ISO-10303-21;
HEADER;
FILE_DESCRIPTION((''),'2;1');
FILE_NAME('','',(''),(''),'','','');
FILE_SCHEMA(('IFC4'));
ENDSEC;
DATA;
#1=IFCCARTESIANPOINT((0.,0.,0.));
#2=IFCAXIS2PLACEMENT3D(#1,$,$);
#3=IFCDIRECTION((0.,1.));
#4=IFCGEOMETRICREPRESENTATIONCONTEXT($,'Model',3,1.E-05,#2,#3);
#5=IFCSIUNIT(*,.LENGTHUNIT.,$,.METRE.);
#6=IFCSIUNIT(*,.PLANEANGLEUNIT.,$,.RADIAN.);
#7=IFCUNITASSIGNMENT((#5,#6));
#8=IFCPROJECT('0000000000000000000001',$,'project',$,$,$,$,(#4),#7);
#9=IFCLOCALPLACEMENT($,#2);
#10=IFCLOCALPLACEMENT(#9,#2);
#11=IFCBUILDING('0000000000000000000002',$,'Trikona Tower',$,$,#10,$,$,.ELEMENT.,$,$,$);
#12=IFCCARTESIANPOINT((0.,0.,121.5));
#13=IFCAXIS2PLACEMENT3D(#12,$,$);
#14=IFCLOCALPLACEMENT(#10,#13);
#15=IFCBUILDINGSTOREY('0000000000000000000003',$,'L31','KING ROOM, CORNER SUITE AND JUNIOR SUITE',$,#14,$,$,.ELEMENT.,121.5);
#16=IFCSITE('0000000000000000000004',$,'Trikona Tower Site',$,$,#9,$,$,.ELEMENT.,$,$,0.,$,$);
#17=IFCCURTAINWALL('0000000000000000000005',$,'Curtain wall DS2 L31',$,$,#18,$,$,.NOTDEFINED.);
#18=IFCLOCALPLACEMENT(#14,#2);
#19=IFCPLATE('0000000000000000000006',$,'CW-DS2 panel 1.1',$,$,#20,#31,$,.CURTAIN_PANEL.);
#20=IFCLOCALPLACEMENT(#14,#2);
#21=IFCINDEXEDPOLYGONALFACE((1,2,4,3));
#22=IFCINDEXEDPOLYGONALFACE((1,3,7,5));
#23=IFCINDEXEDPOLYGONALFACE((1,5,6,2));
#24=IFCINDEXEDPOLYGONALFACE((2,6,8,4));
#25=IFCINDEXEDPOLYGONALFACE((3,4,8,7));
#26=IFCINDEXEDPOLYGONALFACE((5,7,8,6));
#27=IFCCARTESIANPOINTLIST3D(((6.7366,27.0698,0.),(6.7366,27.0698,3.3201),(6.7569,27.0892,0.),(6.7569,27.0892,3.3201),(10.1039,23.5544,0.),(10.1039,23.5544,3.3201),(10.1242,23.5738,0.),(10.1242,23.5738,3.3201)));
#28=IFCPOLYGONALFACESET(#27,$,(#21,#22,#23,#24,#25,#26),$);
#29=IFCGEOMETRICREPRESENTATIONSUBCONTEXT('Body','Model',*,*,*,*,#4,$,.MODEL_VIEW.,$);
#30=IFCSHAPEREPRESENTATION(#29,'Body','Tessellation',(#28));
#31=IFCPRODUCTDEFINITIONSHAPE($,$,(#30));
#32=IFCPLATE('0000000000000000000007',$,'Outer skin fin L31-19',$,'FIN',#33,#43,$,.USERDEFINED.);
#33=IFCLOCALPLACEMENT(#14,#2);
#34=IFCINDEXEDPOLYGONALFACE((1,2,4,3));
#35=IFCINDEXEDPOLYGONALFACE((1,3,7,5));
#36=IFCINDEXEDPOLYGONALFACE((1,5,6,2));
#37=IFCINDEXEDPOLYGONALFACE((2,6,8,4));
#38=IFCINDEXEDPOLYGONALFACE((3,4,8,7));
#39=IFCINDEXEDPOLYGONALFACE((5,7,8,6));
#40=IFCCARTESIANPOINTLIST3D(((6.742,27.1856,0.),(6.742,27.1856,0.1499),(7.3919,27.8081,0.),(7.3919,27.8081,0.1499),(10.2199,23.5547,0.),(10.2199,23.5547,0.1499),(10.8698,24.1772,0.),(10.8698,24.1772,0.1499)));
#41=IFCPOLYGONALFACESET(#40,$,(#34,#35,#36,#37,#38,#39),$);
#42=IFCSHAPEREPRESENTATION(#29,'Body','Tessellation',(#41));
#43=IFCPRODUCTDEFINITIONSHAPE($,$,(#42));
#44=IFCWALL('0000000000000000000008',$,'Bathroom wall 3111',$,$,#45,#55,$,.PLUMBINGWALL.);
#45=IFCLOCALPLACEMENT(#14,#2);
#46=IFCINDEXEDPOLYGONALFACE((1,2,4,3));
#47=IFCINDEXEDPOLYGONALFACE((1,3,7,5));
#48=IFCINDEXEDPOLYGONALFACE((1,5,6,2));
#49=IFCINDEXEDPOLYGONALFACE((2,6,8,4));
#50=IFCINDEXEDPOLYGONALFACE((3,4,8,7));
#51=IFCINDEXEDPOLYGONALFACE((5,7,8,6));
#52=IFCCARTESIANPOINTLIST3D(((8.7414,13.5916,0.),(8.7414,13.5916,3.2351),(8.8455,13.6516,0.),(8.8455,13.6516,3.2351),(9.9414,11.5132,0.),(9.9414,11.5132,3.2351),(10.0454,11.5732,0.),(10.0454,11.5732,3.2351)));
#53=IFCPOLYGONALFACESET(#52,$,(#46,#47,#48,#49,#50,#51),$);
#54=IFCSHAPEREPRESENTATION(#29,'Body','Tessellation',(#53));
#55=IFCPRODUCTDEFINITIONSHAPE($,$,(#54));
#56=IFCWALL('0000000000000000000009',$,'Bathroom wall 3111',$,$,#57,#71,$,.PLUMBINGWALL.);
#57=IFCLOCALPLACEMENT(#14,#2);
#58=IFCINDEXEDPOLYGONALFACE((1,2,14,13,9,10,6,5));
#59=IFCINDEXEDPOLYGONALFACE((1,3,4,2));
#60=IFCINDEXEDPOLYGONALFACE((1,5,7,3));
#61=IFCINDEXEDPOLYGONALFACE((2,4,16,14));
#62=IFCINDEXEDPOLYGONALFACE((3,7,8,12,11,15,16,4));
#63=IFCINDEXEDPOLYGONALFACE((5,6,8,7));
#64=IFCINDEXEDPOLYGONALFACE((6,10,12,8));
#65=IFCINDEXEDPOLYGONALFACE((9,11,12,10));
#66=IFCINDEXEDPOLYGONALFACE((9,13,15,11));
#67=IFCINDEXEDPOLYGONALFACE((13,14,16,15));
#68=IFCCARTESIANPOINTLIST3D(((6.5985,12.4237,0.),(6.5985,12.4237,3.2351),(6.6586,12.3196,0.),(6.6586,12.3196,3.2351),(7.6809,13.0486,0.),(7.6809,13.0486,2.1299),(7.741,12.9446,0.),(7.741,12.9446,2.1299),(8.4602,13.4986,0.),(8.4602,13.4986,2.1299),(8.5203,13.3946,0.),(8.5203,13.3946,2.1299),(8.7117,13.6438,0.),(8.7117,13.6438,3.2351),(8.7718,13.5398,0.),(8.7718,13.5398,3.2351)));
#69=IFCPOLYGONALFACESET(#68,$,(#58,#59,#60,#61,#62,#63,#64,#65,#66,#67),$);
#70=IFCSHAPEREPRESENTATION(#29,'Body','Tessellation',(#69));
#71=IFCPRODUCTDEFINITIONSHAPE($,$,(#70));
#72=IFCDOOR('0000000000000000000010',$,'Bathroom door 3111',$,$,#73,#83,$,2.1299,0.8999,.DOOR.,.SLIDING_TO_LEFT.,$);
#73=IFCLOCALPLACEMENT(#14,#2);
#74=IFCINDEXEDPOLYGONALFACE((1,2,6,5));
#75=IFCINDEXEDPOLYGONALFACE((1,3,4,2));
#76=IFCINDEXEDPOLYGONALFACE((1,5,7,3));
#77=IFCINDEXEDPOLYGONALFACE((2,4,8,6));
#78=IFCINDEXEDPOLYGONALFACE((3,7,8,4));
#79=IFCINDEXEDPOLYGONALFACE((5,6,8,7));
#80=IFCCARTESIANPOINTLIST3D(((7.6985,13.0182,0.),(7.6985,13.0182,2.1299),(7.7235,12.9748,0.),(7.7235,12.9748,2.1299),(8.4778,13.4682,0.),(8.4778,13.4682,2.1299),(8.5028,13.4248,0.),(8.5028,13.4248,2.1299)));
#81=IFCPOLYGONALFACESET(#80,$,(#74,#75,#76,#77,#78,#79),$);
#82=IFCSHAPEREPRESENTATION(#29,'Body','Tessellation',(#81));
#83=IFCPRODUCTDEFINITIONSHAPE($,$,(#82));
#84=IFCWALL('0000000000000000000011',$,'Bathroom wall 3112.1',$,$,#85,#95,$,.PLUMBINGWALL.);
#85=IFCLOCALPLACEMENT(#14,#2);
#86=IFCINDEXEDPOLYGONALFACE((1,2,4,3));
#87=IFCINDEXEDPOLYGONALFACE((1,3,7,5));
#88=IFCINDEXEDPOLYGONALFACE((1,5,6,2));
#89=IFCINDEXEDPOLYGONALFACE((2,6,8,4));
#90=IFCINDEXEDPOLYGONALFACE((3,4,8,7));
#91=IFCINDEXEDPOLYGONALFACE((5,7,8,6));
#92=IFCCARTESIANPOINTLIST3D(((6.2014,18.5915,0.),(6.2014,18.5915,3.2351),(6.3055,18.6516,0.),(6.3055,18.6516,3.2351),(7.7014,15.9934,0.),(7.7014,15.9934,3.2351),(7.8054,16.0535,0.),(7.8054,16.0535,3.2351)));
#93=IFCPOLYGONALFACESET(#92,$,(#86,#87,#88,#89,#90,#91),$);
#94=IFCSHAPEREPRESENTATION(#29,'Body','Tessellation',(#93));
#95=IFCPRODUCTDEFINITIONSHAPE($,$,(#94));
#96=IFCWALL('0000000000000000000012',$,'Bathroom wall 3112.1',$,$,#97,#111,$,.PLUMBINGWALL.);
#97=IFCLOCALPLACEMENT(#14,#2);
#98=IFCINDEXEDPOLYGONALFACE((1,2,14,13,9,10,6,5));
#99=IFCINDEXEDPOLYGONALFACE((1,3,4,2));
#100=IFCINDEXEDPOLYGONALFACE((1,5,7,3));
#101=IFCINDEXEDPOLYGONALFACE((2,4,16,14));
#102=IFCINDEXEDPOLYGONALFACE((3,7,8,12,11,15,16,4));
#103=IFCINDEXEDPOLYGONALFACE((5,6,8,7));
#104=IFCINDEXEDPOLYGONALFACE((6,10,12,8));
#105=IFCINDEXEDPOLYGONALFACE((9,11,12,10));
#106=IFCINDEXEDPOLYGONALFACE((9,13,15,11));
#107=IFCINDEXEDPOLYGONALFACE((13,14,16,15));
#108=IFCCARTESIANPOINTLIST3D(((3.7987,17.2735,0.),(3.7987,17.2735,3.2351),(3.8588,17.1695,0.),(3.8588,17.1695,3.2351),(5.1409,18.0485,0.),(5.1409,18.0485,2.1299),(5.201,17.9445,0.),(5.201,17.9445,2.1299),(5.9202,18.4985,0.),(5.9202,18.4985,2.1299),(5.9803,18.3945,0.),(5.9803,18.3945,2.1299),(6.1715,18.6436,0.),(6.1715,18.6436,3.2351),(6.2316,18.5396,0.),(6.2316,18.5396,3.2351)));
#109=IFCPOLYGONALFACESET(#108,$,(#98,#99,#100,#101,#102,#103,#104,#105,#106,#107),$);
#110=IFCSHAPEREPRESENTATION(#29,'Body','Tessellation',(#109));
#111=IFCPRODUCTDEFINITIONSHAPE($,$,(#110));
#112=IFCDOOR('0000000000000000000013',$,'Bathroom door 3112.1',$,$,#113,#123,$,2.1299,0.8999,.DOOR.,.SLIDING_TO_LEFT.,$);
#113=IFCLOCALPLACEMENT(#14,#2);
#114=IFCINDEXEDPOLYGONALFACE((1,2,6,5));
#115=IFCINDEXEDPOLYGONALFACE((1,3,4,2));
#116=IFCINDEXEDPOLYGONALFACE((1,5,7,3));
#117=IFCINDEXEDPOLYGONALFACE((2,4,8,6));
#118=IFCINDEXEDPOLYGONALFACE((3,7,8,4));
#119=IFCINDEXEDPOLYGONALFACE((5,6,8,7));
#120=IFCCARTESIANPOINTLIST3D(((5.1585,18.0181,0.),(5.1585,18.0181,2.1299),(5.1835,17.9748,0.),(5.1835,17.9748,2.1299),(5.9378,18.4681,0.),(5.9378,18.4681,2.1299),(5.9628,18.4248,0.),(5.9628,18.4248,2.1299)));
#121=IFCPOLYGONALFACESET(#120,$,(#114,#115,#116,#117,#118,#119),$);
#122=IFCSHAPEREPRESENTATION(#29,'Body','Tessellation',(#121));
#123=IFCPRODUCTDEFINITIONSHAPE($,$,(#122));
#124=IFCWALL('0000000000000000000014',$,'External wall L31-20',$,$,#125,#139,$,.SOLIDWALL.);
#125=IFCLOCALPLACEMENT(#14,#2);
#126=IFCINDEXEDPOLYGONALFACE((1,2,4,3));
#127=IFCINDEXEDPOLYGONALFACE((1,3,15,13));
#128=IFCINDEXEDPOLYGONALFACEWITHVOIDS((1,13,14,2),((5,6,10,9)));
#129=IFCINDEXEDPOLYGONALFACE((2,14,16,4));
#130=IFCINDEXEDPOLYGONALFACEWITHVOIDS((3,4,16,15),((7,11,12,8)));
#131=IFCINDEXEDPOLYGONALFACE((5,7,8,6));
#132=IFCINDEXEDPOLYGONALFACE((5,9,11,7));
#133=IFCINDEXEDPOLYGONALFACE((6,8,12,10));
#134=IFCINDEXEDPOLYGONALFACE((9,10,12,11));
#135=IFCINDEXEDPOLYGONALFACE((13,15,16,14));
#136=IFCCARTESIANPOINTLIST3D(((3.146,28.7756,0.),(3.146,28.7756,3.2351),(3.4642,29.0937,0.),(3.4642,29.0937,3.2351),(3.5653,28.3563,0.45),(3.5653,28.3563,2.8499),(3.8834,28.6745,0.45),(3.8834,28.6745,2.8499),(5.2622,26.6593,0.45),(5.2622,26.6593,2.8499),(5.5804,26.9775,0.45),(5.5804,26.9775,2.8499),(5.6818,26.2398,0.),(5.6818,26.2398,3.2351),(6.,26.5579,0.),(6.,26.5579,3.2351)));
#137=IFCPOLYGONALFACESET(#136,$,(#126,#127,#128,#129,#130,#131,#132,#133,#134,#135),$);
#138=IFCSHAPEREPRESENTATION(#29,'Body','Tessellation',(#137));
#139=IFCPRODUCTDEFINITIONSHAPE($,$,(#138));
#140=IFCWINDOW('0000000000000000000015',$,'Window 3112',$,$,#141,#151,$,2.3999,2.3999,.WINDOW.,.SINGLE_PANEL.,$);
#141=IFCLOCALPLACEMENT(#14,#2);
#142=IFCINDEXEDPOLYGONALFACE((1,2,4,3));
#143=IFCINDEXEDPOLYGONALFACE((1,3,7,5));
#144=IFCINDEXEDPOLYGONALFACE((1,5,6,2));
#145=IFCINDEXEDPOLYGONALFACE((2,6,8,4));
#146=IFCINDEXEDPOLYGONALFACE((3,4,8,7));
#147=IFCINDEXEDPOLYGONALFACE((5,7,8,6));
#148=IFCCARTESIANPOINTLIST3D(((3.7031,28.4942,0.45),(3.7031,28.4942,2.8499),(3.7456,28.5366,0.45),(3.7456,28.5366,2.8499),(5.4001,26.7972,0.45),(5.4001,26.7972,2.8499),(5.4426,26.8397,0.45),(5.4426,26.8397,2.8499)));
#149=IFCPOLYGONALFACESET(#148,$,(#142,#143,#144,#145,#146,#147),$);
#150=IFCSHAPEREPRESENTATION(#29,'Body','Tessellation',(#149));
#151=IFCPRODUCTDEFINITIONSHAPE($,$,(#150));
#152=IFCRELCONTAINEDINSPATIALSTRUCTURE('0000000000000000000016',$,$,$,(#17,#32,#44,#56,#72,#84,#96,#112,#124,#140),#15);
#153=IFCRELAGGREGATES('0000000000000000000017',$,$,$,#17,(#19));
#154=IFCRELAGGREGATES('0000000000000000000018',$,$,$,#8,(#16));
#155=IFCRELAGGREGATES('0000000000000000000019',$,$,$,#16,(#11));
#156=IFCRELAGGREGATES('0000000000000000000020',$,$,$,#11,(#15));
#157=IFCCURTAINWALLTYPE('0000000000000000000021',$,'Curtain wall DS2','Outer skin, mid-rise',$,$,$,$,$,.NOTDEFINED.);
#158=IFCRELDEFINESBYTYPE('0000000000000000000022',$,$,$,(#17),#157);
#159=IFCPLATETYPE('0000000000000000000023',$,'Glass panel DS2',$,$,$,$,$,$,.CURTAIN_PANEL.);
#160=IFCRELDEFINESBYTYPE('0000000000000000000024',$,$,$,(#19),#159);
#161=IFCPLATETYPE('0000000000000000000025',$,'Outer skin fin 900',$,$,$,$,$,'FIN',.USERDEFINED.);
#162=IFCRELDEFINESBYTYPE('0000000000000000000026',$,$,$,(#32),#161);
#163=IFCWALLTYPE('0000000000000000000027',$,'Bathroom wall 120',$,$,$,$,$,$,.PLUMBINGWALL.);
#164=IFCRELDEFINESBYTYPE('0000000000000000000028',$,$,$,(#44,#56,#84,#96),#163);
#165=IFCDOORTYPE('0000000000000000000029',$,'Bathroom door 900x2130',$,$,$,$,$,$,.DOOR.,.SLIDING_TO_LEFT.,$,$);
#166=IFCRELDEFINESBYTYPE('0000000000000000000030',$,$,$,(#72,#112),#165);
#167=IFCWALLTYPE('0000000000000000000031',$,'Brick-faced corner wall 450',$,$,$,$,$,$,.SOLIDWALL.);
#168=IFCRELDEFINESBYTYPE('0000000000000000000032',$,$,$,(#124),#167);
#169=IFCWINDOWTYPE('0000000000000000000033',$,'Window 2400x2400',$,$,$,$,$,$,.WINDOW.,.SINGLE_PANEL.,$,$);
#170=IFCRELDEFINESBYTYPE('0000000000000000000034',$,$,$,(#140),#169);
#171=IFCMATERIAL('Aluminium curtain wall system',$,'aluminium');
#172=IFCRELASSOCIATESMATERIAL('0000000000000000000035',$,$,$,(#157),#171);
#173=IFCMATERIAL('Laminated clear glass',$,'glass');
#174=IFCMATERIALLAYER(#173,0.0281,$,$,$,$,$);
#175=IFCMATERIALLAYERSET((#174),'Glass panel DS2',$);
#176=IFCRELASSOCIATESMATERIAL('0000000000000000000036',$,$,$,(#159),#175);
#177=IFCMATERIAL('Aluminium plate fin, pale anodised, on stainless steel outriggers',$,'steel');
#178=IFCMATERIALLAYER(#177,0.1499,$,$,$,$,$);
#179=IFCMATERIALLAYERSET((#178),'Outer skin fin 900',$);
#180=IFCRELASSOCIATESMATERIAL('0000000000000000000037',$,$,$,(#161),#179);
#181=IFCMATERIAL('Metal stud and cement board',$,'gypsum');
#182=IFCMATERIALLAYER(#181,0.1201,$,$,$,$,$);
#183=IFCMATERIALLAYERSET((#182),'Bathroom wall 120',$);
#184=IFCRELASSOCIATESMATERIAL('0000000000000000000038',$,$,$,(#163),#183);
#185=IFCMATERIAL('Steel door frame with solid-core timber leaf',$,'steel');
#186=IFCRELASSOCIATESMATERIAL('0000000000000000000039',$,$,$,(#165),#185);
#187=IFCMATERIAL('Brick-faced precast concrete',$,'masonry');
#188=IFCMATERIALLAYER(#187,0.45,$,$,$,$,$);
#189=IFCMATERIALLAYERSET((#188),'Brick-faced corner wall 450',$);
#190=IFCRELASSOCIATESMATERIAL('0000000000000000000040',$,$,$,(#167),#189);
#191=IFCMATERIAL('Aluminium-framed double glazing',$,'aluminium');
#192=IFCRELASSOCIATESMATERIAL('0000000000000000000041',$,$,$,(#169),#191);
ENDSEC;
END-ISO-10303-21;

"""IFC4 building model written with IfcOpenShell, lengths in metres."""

from ifc_helpers import new_model, si_unit, direction, frame, frame_2d, origin, origin_2d, place, context, subcontext, project, spatial, rectangle, extrude, material, layer, layer_set, type_object, element, fill, aggregate, save


model = new_model("IFC4")

# Units and contexts
model_context = context("Model", 3, precision=1e-05, world=origin(), true_north=direction((0.0, 1.0)))
body_context = subcontext(model_context, "Body", "Model", "MODEL_VIEW")
ifc_project = project(units=[si_unit("LENGTHUNIT", "METRE"), si_unit("PLANEANGLEUNIT", "RADIAN")], contexts=[model_context])

# Site, building, storey
site_placement = place(None, origin())
site = spatial("IfcSite", under=ifc_project, at=site_placement, Name="Trikona Tower Site", CompositionType="ELEMENT", RefElevation=0.0)
building_placement = place(site_placement, origin())
building = spatial("IfcBuilding", under=site, at=building_placement, Name="Trikona Tower", CompositionType="ELEMENT")
storey_placement = place(building_placement, frame((0.0, 0.0, 121.5)))
storey = spatial("IfcBuildingStorey", under=building, at=storey_placement, Name="L31", Description="KING ROOM, CORNER SUITE AND JUNIOR SUITE", CompositionType="ELEMENT", Elevation=121.5)

# Curtain wall
ifc_material_1 = material(Name="Aluminium curtain wall system", Category="aluminium")
curtain_wall_type = type_object("IfcCurtainWallType", Name="Curtain wall DS2", Description="Outer skin, mid-rise", PredefinedType="NOTDEFINED", material=ifc_material_1)
curtain_wall_placement = place(storey_placement, origin())
curtain_wall = element("IfcCurtainWall", 1, at=curtain_wall_placement, inside=storey, type_object=curtain_wall_type, Name="Curtain wall DS2 L31", PredefinedType="NOTDEFINED")

# Plates
ifc_material_2 = material(Name="Laminated clear glass", Category="glass")
ifc_layer_1 = layer(ifc_material_2, 0.0281)
ifc_layer_set_1 = layer_set([ifc_layer_1], Name="Glass panel DS2")
plate_type_1 = type_object("IfcPlateType", Name="Glass panel DS2", PredefinedType="CURTAIN_PANEL", material=ifc_layer_set_1)
plate_1_placement = place(storey_placement, frame((8.4304, 25.3218, 0.0), z_axis=(0.0, 0.0, 1.0), x_axis=(-0.691728, 0.722158, 0.0)))
plate_1 = element("IfcPlate", 2, at=plate_1_placement, type_object=plate_type_1, Name="CW-DS2 panel 1.1", PredefinedType="CURTAIN_PANEL", context=body_context, shape_type="SweptSolid", body=[
    extrude(rectangle(XDim=4.8679, YDim=0.0281, at=origin_2d()), origin(), (0.0, 0.0, 1.0), 3.3201),
])
aggregate(curtain_wall, [plate_1])
ifc_material_3 = material(Name="Aluminium plate fin, pale anodised, on stainless steel outriggers", Category="steel")
ifc_layer_2 = layer(ifc_material_3, 0.1499)
ifc_layer_set_2 = layer_set([ifc_layer_2], Name="Outer skin fin 900")
plate_type_2 = type_object("IfcPlateType", Name="Outer skin fin 900", ElementType="FIN", PredefinedType="USERDEFINED", material=ifc_layer_set_2)
plate_2_placement = place(storey_placement, frame((8.8059, 25.6814, 0.0), z_axis=(0.0, 0.0, 1.0), x_axis=(-0.691724, 0.722162, 0.0)))
element("IfcPlate", 3, at=plate_2_placement, inside=storey, type_object=plate_type_2, Name="Outer skin fin L31-19", ObjectType="FIN", PredefinedType="USERDEFINED", context=body_context, shape_type="SweptSolid", body=[
    extrude(rectangle(XDim=5.0278, YDim=0.8999, at=origin_2d()), origin(), (0.0, 0.0, 1.0), 0.1499),
])

# Wall
ifc_material_4 = material(Name="Metal stud and cement board", Category="gypsum")
ifc_layer_3 = layer(ifc_material_4, 0.1201)
ifc_layer_set_3 = layer_set([ifc_layer_3], Name="Bathroom wall 120")
wall_type_1 = type_object("IfcWallType", Name="Bathroom wall 120", PredefinedType="PLUMBINGWALL", material=ifc_layer_set_3)
wall_1_placement = place(storey_placement, frame((9.9934, 11.5432, 0.0), z_axis=(0.0, 0.0, 1.0), x_axis=(-0.500001, 0.866025, 0.0)))
element("IfcWall", 4, at=wall_1_placement, inside=storey, type_object=wall_type_1, Name="Bathroom wall 3111", PredefinedType="PLUMBINGWALL", context=body_context, shape_type="SweptSolid", body=[
    extrude(rectangle(XDim=2.3999, YDim=0.1201, at=frame_2d((1.2, 0.0))), origin(), (0.0, 0.0, 1.0), 3.2351),
])

# Wall, opening, door
wall_2_placement = place(storey_placement, frame((6.6284, 12.3716, 0.0), z_axis=(0.0, 0.0, 1.0), x_axis=(0.866006, 0.500034, 0.0)))
wall_2 = element("IfcWall", 5, at=wall_2_placement, inside=storey, type_object=wall_type_1, Name="Bathroom wall 3111", PredefinedType="PLUMBINGWALL", context=body_context, shape_type="SweptSolid", body=[
    extrude(rectangle(XDim=2.4402, YDim=0.1201, at=frame_2d((1.2202, 0.0))), origin(), (0.0, 0.0, 1.0), 3.2351),
])
opening_1_placement = place(wall_2_placement, frame((1.25, 0.0, 0.0)))
opening_1 = element("IfcOpeningElement", 6, at=opening_1_placement, cuts=wall_2, PredefinedType="OPENING", context=body_context, shape_type="SweptSolid", body=[
    extrude(rectangle(XDim=0.8999, YDim=2.1299, at=frame_2d((0.45, 1.0649))), frame((0.0, 0.0701, 0.0), z_axis=(0.0, -1.0, 0.0), x_axis=(1.0, 0.0, 0.0)), (0.0, 0.0, 1.0), 0.1401),
])
ifc_material_5 = material(Name="Steel door frame with solid-core timber leaf", Category="steel")
door_type_1 = type_object("IfcDoorType", Name="Bathroom door 900x2130", OperationType="SLIDING_TO_LEFT", PredefinedType="DOOR", material=ifc_material_5)
door_1_placement = place(opening_1_placement, origin())
door_1 = element("IfcDoor", 7, at=door_1_placement, inside=storey, type_object=door_type_1, Name="Bathroom door 3111", OperationType="SLIDING_TO_LEFT", OverallHeight=2.1299, OverallWidth=0.8999, PredefinedType="DOOR", context=body_context, shape_type="SweptSolid", body=[
    extrude(rectangle(XDim=0.8999, YDim=2.1299, at=frame_2d((0.45, 1.0649))), frame((0.0, 0.0249, 0.0), z_axis=(0.0, -1.0, 0.0), x_axis=(1.0, 0.0, 0.0)), (0.0, 0.0, 1.0), 0.05),
])
fill(opening_1, door_1)

# Wall
wall_3_placement = place(storey_placement, frame((7.7534, 16.0234, 0.0), z_axis=(0.0, 0.0, 1.0), x_axis=(-0.49999, 0.866031, 0.0)))
element("IfcWall", 8, at=wall_3_placement, inside=storey, type_object=wall_type_1, Name="Bathroom wall 3112.1", PredefinedType="PLUMBINGWALL", context=body_context, shape_type="SweptSolid", body=[
    extrude(rectangle(XDim=3.0, YDim=0.1201, at=frame_2d((1.5, 0.0))), origin(), (0.0, 0.0, 1.0), 3.2351),
])

# Wall, opening, door
wall_4_placement = place(storey_placement, frame((3.8286, 17.2214, 0.0), z_axis=(0.0, 0.0, 1.0), x_axis=(0.865997, 0.500049, 0.0)))
wall_4 = element("IfcWall", 9, at=wall_4_placement, inside=storey, type_object=wall_type_1, Name="Bathroom wall 3112.1", PredefinedType="PLUMBINGWALL", context=body_context, shape_type="SweptSolid", body=[
    extrude(rectangle(XDim=2.74, YDim=0.1201, at=frame_2d((1.3701, 0.0))), origin(), (0.0, 0.0, 1.0), 3.2351),
])
opening_2_placement = place(wall_4_placement, frame((1.55, 0.0, 0.0)))
opening_2 = element("IfcOpeningElement", 10, at=opening_2_placement, cuts=wall_4, PredefinedType="OPENING", context=body_context, shape_type="SweptSolid", body=[
    extrude(rectangle(XDim=0.8999, YDim=2.1299, at=frame_2d((0.45, 1.0649))), frame((0.0, 0.0701, 0.0), z_axis=(0.0, -1.0, 0.0), x_axis=(1.0, 0.0, 0.0)), (0.0, 0.0, 1.0), 0.1401),
])
door_2_placement = place(opening_2_placement, origin())
door_2 = element("IfcDoor", 11, at=door_2_placement, inside=storey, type_object=door_type_1, Name="Bathroom door 3112.1", OperationType="SLIDING_TO_LEFT", OverallHeight=2.1299, OverallWidth=0.8999, PredefinedType="DOOR", context=body_context, shape_type="SweptSolid", body=[
    extrude(rectangle(XDim=0.8999, YDim=2.1299, at=frame_2d((0.45, 1.0649))), frame((0.0, 0.0249, 0.0), z_axis=(0.0, -1.0, 0.0), x_axis=(1.0, 0.0, 0.0)), (0.0, 0.0, 1.0), 0.05),
])
fill(opening_2, door_2)

# Wall, opening, window
ifc_material_6 = material(Name="Brick-faced precast concrete", Category="masonry")
ifc_layer_4 = layer(ifc_material_6, 0.45)
ifc_layer_set_4 = layer_set([ifc_layer_4], Name="Brick-faced corner wall 450")
wall_type_2 = type_object("IfcWallType", Name="Brick-faced corner wall 450", PredefinedType="SOLIDWALL", material=ifc_layer_set_4)
wall_5_placement = place(storey_placement, frame((5.8408, 26.3989, 0.0), z_axis=(0.0, 0.0, 1.0), x_axis=(-0.707107, 0.707107, 0.0)))
wall_5 = element("IfcWall", 12, at=wall_5_placement, inside=storey, type_object=wall_type_2, Name="External wall L31-20", PredefinedType="SOLIDWALL", context=body_context, shape_type="SweptSolid", body=[
    extrude(rectangle(XDim=3.5862, YDim=0.45, at=frame_2d((1.793, 0.0))), origin(), (0.0, 0.0, 1.0), 3.2351),
])
opening_3_placement = place(wall_5_placement, frame((0.5933, 0.0, 0.45)))
opening_3 = element("IfcOpeningElement", 13, at=opening_3_placement, cuts=wall_5, PredefinedType="OPENING", context=body_context, shape_type="SweptSolid", body=[
    extrude(rectangle(XDim=2.3999, YDim=2.3999, at=frame_2d((1.2, 1.2))), frame((0.0, 0.2349, 0.0), z_axis=(0.0, -1.0, 0.0), x_axis=(1.0, 0.0, 0.0)), (0.0, 0.0, 1.0), 0.47),
])
ifc_material_7 = material(Name="Aluminium-framed double glazing", Category="aluminium")
window_type_1 = type_object("IfcWindowType", Name="Window 2400x2400", PartitioningType="SINGLE_PANEL", PredefinedType="WINDOW", material=ifc_material_7)
window_1_placement = place(opening_3_placement, origin())
window_1 = element("IfcWindow", 14, at=window_1_placement, inside=storey, type_object=window_type_1, Name="Window 3112", OverallHeight=2.3999, OverallWidth=2.3999, PartitioningType="SINGLE_PANEL", PredefinedType="WINDOW", context=body_context, shape_type="SweptSolid", body=[
    extrude(rectangle(XDim=2.3999, YDim=2.3999, at=frame_2d((1.2, 1.2))), frame((0.0, 0.03, 0.0), z_axis=(0.0, -1.0, 0.0), x_axis=(1.0, 0.0, 0.0)), (0.0, 0.0, 1.0), 0.0601),
])
fill(opening_3, window_1)

save(model, "model.ifc")
